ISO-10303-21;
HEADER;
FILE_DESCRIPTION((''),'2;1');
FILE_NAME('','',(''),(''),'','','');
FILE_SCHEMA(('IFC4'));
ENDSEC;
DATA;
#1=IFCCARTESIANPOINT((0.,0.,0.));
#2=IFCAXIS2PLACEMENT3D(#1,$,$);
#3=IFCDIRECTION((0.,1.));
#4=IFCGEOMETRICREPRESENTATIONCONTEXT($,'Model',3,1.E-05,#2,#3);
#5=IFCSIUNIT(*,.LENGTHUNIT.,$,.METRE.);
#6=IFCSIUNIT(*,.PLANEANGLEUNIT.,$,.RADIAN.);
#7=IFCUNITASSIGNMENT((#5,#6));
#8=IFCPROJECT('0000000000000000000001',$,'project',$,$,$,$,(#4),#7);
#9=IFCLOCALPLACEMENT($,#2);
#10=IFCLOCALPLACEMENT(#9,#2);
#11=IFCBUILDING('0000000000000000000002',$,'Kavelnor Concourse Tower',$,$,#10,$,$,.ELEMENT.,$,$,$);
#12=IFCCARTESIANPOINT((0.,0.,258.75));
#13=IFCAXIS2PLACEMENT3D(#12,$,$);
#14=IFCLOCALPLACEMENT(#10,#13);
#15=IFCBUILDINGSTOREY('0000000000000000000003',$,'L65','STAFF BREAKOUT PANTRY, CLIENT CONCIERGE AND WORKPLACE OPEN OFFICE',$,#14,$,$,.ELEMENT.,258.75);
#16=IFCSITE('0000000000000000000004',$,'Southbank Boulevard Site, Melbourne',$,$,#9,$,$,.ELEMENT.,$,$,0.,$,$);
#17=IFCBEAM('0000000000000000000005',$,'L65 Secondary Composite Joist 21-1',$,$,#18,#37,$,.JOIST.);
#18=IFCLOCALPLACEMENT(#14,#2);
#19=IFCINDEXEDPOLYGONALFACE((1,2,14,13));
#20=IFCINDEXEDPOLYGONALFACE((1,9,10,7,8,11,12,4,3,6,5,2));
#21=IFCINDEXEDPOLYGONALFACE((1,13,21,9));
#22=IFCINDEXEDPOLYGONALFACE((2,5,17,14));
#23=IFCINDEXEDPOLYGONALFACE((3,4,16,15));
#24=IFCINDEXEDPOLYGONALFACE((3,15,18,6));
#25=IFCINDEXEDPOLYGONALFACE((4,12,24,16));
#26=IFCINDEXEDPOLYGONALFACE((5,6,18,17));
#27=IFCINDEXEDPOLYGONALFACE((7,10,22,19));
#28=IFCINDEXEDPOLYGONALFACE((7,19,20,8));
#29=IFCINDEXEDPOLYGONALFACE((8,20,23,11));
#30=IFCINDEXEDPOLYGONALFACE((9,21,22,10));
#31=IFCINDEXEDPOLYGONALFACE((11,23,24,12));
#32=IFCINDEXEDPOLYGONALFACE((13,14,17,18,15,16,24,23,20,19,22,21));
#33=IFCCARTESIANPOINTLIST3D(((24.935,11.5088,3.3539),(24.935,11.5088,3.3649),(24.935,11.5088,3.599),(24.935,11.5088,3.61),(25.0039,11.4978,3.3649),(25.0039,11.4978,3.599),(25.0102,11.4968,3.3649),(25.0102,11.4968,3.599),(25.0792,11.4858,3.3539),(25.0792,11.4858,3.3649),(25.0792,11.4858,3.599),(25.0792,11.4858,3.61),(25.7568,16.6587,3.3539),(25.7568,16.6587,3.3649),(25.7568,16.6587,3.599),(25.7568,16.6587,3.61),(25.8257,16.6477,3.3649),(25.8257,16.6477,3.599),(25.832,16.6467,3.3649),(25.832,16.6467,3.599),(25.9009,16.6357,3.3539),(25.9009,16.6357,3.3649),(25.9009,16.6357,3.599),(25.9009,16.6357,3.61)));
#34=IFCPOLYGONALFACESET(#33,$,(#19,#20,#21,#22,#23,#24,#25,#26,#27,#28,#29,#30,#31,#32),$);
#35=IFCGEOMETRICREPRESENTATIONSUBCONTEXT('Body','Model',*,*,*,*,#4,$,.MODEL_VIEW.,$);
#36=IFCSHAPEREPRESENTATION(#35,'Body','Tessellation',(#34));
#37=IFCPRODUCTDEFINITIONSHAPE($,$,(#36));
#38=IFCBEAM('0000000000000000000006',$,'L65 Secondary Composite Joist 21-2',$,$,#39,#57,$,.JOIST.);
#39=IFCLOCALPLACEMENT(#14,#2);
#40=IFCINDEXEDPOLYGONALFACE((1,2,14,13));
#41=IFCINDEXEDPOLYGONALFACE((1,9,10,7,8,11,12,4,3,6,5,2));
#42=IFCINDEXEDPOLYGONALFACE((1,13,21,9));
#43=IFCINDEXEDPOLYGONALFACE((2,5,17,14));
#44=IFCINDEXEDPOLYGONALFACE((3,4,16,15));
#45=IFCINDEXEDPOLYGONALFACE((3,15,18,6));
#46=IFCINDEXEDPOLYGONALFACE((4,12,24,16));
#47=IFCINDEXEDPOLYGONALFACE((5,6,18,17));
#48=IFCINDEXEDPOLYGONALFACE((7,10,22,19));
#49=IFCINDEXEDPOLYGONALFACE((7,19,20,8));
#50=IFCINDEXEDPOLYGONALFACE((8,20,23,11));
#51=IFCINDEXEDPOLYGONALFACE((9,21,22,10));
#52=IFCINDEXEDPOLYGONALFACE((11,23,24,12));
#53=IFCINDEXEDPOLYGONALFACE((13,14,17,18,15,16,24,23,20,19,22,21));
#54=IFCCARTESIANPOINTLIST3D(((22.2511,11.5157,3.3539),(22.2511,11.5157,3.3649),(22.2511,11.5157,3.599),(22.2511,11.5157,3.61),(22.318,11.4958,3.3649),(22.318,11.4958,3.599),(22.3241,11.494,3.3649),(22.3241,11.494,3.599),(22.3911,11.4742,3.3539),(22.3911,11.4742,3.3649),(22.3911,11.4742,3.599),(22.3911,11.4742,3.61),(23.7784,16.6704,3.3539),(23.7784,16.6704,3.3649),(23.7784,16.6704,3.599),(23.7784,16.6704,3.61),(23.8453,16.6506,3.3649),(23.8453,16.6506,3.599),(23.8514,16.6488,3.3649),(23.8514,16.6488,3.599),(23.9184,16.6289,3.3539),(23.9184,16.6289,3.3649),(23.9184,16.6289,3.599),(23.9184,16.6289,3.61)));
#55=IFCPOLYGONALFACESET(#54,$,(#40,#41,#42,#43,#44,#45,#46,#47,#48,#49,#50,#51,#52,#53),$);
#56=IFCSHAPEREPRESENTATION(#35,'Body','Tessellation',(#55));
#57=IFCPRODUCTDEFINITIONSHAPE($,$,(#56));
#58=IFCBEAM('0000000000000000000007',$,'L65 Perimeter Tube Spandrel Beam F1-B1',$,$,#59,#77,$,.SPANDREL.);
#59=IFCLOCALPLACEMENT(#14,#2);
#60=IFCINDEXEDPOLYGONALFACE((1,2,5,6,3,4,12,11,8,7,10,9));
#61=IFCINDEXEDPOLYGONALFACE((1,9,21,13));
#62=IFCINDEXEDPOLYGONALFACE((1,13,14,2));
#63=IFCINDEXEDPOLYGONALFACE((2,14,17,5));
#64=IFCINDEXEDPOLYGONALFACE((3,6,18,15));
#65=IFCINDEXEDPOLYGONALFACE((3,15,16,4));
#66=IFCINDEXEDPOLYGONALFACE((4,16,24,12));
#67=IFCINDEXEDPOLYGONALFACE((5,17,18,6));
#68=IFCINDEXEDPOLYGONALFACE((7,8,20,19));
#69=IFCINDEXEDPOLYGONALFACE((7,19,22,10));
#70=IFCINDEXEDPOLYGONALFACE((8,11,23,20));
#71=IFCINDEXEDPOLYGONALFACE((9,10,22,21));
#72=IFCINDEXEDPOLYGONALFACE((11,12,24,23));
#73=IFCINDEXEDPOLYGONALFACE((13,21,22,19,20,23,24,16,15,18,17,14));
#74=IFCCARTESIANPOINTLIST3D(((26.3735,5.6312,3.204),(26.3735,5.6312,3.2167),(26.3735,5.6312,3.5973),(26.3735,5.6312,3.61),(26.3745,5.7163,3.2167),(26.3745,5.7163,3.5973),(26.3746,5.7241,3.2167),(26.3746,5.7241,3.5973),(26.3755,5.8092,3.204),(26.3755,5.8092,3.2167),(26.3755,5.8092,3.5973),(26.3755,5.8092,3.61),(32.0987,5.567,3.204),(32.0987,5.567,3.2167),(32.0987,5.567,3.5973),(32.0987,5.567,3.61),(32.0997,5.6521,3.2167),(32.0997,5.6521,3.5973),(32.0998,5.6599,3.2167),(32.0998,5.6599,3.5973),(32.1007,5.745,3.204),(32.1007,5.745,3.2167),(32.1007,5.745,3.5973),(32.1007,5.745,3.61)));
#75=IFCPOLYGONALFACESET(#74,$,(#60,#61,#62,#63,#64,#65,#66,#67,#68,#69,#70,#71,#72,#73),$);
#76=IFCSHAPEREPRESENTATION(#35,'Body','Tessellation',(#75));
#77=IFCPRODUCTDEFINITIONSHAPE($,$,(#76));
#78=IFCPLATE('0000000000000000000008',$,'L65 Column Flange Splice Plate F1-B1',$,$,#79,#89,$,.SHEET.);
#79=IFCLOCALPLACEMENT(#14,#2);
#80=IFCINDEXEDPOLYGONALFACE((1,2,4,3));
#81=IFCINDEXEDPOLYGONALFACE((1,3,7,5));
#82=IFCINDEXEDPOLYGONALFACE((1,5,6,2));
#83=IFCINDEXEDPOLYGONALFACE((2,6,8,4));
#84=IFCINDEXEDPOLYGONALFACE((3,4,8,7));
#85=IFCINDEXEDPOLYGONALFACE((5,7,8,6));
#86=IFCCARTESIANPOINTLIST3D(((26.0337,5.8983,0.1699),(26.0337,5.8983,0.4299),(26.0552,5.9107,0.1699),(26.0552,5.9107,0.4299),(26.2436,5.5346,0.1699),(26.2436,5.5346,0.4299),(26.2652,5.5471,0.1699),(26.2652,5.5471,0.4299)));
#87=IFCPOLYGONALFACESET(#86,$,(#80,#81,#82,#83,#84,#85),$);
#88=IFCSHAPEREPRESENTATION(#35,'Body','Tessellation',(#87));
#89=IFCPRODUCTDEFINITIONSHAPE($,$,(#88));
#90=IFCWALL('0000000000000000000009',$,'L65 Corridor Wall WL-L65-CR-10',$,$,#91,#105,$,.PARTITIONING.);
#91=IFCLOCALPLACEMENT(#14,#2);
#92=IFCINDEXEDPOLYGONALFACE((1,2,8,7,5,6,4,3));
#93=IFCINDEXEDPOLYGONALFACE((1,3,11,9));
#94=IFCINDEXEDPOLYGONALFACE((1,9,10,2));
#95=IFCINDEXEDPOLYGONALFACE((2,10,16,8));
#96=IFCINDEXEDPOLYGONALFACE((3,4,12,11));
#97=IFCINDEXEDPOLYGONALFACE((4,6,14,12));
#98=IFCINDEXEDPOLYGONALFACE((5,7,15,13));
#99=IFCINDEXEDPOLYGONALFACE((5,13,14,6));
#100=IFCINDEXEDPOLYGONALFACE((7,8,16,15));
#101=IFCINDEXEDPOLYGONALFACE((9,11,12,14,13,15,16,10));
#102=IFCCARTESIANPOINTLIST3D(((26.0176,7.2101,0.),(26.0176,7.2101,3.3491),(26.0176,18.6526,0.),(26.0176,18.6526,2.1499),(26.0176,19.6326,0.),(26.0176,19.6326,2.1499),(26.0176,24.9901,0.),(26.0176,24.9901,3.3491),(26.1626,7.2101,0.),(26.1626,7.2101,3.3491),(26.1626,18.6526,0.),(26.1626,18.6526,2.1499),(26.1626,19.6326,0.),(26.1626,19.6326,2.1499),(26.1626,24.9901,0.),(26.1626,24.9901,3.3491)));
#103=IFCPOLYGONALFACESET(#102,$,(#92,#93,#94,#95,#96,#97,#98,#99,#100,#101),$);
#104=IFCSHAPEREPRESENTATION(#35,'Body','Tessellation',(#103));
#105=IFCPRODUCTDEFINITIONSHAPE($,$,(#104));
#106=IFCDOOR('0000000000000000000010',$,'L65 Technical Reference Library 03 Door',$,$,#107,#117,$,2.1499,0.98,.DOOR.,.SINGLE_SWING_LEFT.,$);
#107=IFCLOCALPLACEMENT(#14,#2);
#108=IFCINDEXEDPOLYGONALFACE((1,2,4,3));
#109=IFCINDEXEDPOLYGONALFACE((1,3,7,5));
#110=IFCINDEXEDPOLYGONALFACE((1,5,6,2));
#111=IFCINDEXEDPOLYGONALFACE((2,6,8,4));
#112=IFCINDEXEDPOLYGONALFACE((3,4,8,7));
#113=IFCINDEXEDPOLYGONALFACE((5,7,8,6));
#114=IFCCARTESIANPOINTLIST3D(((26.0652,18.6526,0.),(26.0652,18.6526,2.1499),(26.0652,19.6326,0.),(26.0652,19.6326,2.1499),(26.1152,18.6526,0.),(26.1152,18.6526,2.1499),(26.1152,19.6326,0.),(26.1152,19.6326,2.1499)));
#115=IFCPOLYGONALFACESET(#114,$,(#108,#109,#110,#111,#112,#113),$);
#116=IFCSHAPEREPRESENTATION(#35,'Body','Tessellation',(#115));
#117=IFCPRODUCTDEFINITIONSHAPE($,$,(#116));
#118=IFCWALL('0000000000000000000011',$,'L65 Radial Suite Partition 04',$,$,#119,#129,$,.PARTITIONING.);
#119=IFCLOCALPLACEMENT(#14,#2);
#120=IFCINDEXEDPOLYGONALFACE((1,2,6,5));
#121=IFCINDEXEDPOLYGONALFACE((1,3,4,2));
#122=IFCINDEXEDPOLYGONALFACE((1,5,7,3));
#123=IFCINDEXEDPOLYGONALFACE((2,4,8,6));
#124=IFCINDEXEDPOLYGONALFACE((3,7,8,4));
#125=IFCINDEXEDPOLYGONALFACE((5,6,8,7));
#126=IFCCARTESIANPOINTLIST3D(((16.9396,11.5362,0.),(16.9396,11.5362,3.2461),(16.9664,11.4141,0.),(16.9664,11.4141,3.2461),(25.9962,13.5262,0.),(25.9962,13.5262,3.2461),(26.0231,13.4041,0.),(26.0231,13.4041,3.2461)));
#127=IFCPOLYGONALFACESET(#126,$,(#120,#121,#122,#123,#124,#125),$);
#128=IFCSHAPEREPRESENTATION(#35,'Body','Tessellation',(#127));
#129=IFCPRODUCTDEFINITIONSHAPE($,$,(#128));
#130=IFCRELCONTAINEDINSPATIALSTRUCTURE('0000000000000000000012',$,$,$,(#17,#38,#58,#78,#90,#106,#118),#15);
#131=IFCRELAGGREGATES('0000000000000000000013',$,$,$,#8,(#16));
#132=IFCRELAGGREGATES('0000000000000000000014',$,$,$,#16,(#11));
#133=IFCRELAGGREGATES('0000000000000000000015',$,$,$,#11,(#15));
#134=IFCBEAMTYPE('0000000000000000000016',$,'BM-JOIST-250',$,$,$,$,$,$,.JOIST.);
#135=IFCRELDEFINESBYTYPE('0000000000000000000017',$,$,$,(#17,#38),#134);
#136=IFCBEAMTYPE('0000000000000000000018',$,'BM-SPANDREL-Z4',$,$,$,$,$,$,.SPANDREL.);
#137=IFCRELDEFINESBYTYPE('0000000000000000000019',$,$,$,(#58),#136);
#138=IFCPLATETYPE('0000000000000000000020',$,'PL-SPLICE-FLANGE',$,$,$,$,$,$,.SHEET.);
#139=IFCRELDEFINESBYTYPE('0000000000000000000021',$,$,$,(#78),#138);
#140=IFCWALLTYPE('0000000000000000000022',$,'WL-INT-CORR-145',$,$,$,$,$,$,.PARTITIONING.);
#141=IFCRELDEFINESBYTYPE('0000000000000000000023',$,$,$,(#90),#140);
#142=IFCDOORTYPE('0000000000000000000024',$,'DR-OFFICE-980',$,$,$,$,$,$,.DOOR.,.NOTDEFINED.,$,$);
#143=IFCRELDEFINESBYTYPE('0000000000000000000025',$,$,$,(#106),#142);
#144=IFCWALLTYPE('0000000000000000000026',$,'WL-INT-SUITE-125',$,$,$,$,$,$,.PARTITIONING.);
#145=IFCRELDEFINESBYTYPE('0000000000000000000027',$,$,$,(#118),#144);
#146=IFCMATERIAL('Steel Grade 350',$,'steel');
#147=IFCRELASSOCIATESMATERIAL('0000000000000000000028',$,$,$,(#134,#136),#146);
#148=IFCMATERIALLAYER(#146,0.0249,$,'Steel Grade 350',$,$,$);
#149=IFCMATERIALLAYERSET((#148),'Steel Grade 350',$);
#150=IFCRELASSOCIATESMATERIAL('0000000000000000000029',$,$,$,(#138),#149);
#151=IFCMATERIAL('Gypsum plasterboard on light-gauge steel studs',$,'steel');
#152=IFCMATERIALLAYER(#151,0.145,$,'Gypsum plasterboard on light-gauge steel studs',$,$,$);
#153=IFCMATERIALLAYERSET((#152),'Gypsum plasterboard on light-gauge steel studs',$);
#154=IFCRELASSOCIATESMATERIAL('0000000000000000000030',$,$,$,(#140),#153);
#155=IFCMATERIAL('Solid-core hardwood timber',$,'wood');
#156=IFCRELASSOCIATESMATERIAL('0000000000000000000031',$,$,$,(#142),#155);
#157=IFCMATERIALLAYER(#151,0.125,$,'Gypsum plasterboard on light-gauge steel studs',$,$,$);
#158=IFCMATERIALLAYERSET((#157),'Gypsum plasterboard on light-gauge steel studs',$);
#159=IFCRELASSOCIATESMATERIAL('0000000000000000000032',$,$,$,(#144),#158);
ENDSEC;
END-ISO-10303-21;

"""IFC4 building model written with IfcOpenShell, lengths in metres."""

from ifc_helpers import new_model, si_unit, direction, frame, frame_2d, origin, origin_2d, place, context, subcontext, project, spatial, rectangle, i_section, extrude, material, layer, layer_set, material_profile, profile_set, type_object, element, fill, save


model = new_model("IFC4")

# Units and contexts
model_context = context("Model", 3, precision=1e-05, world=origin(), true_north=direction((0.0, 1.0)))
body_context = subcontext(model_context, "Body", "Model", "MODEL_VIEW")
ifc_project = project(units=[si_unit("LENGTHUNIT", "METRE"), si_unit("PLANEANGLEUNIT", "RADIAN")], contexts=[model_context])

# Site, building, storey
site_placement = place(None, origin())
site = spatial("IfcSite", under=ifc_project, at=site_placement, Name="Southbank Boulevard Site, Melbourne", CompositionType="ELEMENT", RefElevation=0.0)
building_placement = place(site_placement, origin())
building = spatial("IfcBuilding", under=site, at=building_placement, Name="Kavelnor Concourse Tower", CompositionType="ELEMENT")
storey_placement = place(building_placement, frame((0.0, 0.0, 258.75)))
storey = spatial("IfcBuildingStorey", under=building, at=storey_placement, Name="L65", Description="STAFF BREAKOUT PANTRY, CLIENT CONCIERGE AND WORKPLACE OPEN OFFICE", CompositionType="ELEMENT", Elevation=258.75)

# Shared definitions
ifc_material_1 = material(Name="Steel Grade 350", Category="steel")

# Beams
ifc_material_profile_1 = material_profile(ifc_material_1, i_section(OverallWidth=0.146, OverallDepth=0.2561, WebThickness=0.0063, FlangeThickness=0.011, at=origin_2d()), Name="250UB37")
ifc_profile_set_1 = profile_set([ifc_material_profile_1], Name="Steel Grade 350")
beam_type_1 = type_object("IfcBeamType", Name="BM-JOIST-250", PredefinedType="JOIST", material=ifc_profile_set_1)
beam_1_placement = place(storey_placement, frame((25.8289, 16.6472, 3.4819), z_axis=(-0.157578, -0.987507, 0.0), x_axis=(0.987507, -0.157578, 0.0)))
element("IfcBeam", 1, at=beam_1_placement, inside=storey, type_object=beam_type_1, Name="L65 Secondary Composite Joist 21-1", PredefinedType="JOIST", context=body_context, shape_type="SweptSolid", body=[
    extrude(i_section(OverallWidth=0.146, OverallDepth=0.2561, WebThickness=0.0063, FlangeThickness=0.011, at=origin_2d()), origin(), (0.0, 0.0, 1.0), 5.2151),
])
beam_2_placement = place(storey_placement, frame((23.8484, 16.6497, 3.4819), z_axis=(-0.284088, -0.958798, 0.0), x_axis=(0.958798, -0.284088, 0.0)))
element("IfcBeam", 2, at=beam_2_placement, inside=storey, type_object=beam_type_1, Name="L65 Secondary Composite Joist 21-2", PredefinedType="JOIST", context=body_context, shape_type="SweptSolid", body=[
    extrude(i_section(OverallWidth=0.146, OverallDepth=0.2561, WebThickness=0.0063, FlangeThickness=0.011, at=origin_2d()), origin(), (0.0, 0.0, 1.0), 5.3762),
])
ifc_material_profile_2 = material_profile(ifc_material_1, i_section(OverallWidth=0.178, OverallDepth=0.406, WebThickness=0.0078, FlangeThickness=0.0127, at=origin_2d()), Name="410UB59")
ifc_profile_set_2 = profile_set([ifc_material_profile_2], Name="Steel Grade 350")
beam_type_2 = type_object("IfcBeamType", Name="BM-SPANDREL-Z4", PredefinedType="SPANDREL", material=ifc_profile_set_2)
beam_3_placement = place(storey_placement, frame((26.3745, 5.7202, 3.407), z_axis=(0.999937, -0.011214, 0.0), x_axis=(0.011214, 0.999937, 0.0)))
element("IfcBeam", 3, at=beam_3_placement, inside=storey, type_object=beam_type_2, Name="L65 Perimeter Tube Spandrel Beam F1-B1", PredefinedType="SPANDREL", context=body_context, shape_type="SweptSolid", body=[
    extrude(i_section(OverallWidth=0.178, OverallDepth=0.406, WebThickness=0.0078, FlangeThickness=0.0127, at=origin_2d()), origin(), (0.0, 0.0, 1.0), 5.7256),
])

# Plate
ifc_layer_1 = layer(ifc_material_1, 0.0249, Name="Steel Grade 350")
ifc_layer_set_1 = layer_set([ifc_layer_1], Name="Steel Grade 350")
plate_type = type_object("IfcPlateType", Name="PL-SPLICE-FLANGE", PredefinedType="SHEET", material=ifc_layer_set_1)
plate_placement = place(storey_placement, frame((26.1494, 5.7227, 0.1699), z_axis=(0.0, 0.0, 1.0), x_axis=(-0.5, 0.866025, 0.0)))
element("IfcPlate", 4, at=plate_placement, inside=storey, type_object=plate_type, Name="L65 Column Flange Splice Plate F1-B1", PredefinedType="SHEET", context=body_context, shape_type="SweptSolid", body=[
    extrude(rectangle(XDim=0.4199, YDim=0.0249, at=origin_2d()), origin(), (0.0, 0.0, 1.0), 0.26),
])

# Wall, opening, door
ifc_material_2 = material(Name="Gypsum plasterboard on light-gauge steel studs", Category="steel")
ifc_layer_2 = layer(ifc_material_2, 0.145, Name="Gypsum plasterboard on light-gauge steel studs")
ifc_layer_set_2 = layer_set([ifc_layer_2], Name="Gypsum plasterboard on light-gauge steel studs")
wall_type_1 = type_object("IfcWallType", Name="WL-INT-CORR-145", PredefinedType="PARTITIONING", material=ifc_layer_set_2)
wall_1_placement = place(storey_placement, frame((26.0901, 7.21, 0.0), z_axis=(0.0, 0.0, 1.0), x_axis=(0.0, 1.0, 0.0)))
wall_1 = element("IfcWall", 5, at=wall_1_placement, inside=storey, type_object=wall_type_1, Name="L65 Corridor Wall WL-L65-CR-10", PredefinedType="PARTITIONING", context=body_context, shape_type="SweptSolid", body=[
    extrude(rectangle(XDim=17.78, YDim=0.145, at=frame_2d((8.8901, 0.0))), origin(), (0.0, 0.0, 1.0), 3.3491),
])
opening_placement = place(wall_1_placement, frame((11.4426, 0.0, 0.0)))
opening = element("IfcOpeningElement", 6, at=opening_placement, cuts=wall_1, PredefinedType="OPENING", context=body_context, shape_type="SweptSolid", body=[
    extrude(rectangle(XDim=0.98, YDim=2.1499, at=frame_2d((0.49, 1.075))), frame((0.0, 0.0825, 0.0), z_axis=(0.0, -1.0, 0.0), x_axis=(1.0, 0.0, 0.0)), (0.0, 0.0, 1.0), 0.165),
])
ifc_material_3 = material(Name="Solid-core hardwood timber", Category="wood")
door_type = type_object("IfcDoorType", Name="DR-OFFICE-980", OperationType="NOTDEFINED", PredefinedType="DOOR", material=ifc_material_3)
door_placement = place(opening_placement, origin())
door = element("IfcDoor", 7, at=door_placement, inside=storey, type_object=door_type, Name="L65 Technical Reference Library 03 Door", OperationType="SINGLE_SWING_LEFT", OverallHeight=2.1499, OverallWidth=0.98, PredefinedType="DOOR", context=body_context, shape_type="SweptSolid", body=[
    extrude(rectangle(XDim=0.98, YDim=2.1499, at=frame_2d((0.49, 1.075))), frame((0.0, 0.0249, 0.0), z_axis=(0.0, -1.0, 0.0), x_axis=(1.0, 0.0, 0.0)), (0.0, 0.0, 1.0), 0.05),
])
fill(opening, door)

# Wall
ifc_layer_3 = layer(ifc_material_2, 0.125, Name="Gypsum plasterboard on light-gauge steel studs")
ifc_layer_set_3 = layer_set([ifc_layer_3], Name="Gypsum plasterboard on light-gauge steel studs")
wall_type_2 = type_object("IfcWallType", Name="WL-INT-SUITE-125", PredefinedType="PARTITIONING", material=ifc_layer_set_3)
wall_2_placement = place(storey_placement, frame((26.0095, 13.4651, 0.0), z_axis=(0.0, 0.0, 1.0), x_axis=(-0.9767, -0.214608, 0.0)))
element("IfcWall", 8, at=wall_2_placement, inside=storey, type_object=wall_type_2, Name="L65 Radial Suite Partition 04", PredefinedType="PARTITIONING", context=body_context, shape_type="SweptSolid", body=[
    extrude(rectangle(XDim=9.2727, YDim=0.125, at=frame_2d((4.6362, 0.0))), origin(), (0.0, 0.0, 1.0), 3.2461),
])

save(model, "model.ifc")
